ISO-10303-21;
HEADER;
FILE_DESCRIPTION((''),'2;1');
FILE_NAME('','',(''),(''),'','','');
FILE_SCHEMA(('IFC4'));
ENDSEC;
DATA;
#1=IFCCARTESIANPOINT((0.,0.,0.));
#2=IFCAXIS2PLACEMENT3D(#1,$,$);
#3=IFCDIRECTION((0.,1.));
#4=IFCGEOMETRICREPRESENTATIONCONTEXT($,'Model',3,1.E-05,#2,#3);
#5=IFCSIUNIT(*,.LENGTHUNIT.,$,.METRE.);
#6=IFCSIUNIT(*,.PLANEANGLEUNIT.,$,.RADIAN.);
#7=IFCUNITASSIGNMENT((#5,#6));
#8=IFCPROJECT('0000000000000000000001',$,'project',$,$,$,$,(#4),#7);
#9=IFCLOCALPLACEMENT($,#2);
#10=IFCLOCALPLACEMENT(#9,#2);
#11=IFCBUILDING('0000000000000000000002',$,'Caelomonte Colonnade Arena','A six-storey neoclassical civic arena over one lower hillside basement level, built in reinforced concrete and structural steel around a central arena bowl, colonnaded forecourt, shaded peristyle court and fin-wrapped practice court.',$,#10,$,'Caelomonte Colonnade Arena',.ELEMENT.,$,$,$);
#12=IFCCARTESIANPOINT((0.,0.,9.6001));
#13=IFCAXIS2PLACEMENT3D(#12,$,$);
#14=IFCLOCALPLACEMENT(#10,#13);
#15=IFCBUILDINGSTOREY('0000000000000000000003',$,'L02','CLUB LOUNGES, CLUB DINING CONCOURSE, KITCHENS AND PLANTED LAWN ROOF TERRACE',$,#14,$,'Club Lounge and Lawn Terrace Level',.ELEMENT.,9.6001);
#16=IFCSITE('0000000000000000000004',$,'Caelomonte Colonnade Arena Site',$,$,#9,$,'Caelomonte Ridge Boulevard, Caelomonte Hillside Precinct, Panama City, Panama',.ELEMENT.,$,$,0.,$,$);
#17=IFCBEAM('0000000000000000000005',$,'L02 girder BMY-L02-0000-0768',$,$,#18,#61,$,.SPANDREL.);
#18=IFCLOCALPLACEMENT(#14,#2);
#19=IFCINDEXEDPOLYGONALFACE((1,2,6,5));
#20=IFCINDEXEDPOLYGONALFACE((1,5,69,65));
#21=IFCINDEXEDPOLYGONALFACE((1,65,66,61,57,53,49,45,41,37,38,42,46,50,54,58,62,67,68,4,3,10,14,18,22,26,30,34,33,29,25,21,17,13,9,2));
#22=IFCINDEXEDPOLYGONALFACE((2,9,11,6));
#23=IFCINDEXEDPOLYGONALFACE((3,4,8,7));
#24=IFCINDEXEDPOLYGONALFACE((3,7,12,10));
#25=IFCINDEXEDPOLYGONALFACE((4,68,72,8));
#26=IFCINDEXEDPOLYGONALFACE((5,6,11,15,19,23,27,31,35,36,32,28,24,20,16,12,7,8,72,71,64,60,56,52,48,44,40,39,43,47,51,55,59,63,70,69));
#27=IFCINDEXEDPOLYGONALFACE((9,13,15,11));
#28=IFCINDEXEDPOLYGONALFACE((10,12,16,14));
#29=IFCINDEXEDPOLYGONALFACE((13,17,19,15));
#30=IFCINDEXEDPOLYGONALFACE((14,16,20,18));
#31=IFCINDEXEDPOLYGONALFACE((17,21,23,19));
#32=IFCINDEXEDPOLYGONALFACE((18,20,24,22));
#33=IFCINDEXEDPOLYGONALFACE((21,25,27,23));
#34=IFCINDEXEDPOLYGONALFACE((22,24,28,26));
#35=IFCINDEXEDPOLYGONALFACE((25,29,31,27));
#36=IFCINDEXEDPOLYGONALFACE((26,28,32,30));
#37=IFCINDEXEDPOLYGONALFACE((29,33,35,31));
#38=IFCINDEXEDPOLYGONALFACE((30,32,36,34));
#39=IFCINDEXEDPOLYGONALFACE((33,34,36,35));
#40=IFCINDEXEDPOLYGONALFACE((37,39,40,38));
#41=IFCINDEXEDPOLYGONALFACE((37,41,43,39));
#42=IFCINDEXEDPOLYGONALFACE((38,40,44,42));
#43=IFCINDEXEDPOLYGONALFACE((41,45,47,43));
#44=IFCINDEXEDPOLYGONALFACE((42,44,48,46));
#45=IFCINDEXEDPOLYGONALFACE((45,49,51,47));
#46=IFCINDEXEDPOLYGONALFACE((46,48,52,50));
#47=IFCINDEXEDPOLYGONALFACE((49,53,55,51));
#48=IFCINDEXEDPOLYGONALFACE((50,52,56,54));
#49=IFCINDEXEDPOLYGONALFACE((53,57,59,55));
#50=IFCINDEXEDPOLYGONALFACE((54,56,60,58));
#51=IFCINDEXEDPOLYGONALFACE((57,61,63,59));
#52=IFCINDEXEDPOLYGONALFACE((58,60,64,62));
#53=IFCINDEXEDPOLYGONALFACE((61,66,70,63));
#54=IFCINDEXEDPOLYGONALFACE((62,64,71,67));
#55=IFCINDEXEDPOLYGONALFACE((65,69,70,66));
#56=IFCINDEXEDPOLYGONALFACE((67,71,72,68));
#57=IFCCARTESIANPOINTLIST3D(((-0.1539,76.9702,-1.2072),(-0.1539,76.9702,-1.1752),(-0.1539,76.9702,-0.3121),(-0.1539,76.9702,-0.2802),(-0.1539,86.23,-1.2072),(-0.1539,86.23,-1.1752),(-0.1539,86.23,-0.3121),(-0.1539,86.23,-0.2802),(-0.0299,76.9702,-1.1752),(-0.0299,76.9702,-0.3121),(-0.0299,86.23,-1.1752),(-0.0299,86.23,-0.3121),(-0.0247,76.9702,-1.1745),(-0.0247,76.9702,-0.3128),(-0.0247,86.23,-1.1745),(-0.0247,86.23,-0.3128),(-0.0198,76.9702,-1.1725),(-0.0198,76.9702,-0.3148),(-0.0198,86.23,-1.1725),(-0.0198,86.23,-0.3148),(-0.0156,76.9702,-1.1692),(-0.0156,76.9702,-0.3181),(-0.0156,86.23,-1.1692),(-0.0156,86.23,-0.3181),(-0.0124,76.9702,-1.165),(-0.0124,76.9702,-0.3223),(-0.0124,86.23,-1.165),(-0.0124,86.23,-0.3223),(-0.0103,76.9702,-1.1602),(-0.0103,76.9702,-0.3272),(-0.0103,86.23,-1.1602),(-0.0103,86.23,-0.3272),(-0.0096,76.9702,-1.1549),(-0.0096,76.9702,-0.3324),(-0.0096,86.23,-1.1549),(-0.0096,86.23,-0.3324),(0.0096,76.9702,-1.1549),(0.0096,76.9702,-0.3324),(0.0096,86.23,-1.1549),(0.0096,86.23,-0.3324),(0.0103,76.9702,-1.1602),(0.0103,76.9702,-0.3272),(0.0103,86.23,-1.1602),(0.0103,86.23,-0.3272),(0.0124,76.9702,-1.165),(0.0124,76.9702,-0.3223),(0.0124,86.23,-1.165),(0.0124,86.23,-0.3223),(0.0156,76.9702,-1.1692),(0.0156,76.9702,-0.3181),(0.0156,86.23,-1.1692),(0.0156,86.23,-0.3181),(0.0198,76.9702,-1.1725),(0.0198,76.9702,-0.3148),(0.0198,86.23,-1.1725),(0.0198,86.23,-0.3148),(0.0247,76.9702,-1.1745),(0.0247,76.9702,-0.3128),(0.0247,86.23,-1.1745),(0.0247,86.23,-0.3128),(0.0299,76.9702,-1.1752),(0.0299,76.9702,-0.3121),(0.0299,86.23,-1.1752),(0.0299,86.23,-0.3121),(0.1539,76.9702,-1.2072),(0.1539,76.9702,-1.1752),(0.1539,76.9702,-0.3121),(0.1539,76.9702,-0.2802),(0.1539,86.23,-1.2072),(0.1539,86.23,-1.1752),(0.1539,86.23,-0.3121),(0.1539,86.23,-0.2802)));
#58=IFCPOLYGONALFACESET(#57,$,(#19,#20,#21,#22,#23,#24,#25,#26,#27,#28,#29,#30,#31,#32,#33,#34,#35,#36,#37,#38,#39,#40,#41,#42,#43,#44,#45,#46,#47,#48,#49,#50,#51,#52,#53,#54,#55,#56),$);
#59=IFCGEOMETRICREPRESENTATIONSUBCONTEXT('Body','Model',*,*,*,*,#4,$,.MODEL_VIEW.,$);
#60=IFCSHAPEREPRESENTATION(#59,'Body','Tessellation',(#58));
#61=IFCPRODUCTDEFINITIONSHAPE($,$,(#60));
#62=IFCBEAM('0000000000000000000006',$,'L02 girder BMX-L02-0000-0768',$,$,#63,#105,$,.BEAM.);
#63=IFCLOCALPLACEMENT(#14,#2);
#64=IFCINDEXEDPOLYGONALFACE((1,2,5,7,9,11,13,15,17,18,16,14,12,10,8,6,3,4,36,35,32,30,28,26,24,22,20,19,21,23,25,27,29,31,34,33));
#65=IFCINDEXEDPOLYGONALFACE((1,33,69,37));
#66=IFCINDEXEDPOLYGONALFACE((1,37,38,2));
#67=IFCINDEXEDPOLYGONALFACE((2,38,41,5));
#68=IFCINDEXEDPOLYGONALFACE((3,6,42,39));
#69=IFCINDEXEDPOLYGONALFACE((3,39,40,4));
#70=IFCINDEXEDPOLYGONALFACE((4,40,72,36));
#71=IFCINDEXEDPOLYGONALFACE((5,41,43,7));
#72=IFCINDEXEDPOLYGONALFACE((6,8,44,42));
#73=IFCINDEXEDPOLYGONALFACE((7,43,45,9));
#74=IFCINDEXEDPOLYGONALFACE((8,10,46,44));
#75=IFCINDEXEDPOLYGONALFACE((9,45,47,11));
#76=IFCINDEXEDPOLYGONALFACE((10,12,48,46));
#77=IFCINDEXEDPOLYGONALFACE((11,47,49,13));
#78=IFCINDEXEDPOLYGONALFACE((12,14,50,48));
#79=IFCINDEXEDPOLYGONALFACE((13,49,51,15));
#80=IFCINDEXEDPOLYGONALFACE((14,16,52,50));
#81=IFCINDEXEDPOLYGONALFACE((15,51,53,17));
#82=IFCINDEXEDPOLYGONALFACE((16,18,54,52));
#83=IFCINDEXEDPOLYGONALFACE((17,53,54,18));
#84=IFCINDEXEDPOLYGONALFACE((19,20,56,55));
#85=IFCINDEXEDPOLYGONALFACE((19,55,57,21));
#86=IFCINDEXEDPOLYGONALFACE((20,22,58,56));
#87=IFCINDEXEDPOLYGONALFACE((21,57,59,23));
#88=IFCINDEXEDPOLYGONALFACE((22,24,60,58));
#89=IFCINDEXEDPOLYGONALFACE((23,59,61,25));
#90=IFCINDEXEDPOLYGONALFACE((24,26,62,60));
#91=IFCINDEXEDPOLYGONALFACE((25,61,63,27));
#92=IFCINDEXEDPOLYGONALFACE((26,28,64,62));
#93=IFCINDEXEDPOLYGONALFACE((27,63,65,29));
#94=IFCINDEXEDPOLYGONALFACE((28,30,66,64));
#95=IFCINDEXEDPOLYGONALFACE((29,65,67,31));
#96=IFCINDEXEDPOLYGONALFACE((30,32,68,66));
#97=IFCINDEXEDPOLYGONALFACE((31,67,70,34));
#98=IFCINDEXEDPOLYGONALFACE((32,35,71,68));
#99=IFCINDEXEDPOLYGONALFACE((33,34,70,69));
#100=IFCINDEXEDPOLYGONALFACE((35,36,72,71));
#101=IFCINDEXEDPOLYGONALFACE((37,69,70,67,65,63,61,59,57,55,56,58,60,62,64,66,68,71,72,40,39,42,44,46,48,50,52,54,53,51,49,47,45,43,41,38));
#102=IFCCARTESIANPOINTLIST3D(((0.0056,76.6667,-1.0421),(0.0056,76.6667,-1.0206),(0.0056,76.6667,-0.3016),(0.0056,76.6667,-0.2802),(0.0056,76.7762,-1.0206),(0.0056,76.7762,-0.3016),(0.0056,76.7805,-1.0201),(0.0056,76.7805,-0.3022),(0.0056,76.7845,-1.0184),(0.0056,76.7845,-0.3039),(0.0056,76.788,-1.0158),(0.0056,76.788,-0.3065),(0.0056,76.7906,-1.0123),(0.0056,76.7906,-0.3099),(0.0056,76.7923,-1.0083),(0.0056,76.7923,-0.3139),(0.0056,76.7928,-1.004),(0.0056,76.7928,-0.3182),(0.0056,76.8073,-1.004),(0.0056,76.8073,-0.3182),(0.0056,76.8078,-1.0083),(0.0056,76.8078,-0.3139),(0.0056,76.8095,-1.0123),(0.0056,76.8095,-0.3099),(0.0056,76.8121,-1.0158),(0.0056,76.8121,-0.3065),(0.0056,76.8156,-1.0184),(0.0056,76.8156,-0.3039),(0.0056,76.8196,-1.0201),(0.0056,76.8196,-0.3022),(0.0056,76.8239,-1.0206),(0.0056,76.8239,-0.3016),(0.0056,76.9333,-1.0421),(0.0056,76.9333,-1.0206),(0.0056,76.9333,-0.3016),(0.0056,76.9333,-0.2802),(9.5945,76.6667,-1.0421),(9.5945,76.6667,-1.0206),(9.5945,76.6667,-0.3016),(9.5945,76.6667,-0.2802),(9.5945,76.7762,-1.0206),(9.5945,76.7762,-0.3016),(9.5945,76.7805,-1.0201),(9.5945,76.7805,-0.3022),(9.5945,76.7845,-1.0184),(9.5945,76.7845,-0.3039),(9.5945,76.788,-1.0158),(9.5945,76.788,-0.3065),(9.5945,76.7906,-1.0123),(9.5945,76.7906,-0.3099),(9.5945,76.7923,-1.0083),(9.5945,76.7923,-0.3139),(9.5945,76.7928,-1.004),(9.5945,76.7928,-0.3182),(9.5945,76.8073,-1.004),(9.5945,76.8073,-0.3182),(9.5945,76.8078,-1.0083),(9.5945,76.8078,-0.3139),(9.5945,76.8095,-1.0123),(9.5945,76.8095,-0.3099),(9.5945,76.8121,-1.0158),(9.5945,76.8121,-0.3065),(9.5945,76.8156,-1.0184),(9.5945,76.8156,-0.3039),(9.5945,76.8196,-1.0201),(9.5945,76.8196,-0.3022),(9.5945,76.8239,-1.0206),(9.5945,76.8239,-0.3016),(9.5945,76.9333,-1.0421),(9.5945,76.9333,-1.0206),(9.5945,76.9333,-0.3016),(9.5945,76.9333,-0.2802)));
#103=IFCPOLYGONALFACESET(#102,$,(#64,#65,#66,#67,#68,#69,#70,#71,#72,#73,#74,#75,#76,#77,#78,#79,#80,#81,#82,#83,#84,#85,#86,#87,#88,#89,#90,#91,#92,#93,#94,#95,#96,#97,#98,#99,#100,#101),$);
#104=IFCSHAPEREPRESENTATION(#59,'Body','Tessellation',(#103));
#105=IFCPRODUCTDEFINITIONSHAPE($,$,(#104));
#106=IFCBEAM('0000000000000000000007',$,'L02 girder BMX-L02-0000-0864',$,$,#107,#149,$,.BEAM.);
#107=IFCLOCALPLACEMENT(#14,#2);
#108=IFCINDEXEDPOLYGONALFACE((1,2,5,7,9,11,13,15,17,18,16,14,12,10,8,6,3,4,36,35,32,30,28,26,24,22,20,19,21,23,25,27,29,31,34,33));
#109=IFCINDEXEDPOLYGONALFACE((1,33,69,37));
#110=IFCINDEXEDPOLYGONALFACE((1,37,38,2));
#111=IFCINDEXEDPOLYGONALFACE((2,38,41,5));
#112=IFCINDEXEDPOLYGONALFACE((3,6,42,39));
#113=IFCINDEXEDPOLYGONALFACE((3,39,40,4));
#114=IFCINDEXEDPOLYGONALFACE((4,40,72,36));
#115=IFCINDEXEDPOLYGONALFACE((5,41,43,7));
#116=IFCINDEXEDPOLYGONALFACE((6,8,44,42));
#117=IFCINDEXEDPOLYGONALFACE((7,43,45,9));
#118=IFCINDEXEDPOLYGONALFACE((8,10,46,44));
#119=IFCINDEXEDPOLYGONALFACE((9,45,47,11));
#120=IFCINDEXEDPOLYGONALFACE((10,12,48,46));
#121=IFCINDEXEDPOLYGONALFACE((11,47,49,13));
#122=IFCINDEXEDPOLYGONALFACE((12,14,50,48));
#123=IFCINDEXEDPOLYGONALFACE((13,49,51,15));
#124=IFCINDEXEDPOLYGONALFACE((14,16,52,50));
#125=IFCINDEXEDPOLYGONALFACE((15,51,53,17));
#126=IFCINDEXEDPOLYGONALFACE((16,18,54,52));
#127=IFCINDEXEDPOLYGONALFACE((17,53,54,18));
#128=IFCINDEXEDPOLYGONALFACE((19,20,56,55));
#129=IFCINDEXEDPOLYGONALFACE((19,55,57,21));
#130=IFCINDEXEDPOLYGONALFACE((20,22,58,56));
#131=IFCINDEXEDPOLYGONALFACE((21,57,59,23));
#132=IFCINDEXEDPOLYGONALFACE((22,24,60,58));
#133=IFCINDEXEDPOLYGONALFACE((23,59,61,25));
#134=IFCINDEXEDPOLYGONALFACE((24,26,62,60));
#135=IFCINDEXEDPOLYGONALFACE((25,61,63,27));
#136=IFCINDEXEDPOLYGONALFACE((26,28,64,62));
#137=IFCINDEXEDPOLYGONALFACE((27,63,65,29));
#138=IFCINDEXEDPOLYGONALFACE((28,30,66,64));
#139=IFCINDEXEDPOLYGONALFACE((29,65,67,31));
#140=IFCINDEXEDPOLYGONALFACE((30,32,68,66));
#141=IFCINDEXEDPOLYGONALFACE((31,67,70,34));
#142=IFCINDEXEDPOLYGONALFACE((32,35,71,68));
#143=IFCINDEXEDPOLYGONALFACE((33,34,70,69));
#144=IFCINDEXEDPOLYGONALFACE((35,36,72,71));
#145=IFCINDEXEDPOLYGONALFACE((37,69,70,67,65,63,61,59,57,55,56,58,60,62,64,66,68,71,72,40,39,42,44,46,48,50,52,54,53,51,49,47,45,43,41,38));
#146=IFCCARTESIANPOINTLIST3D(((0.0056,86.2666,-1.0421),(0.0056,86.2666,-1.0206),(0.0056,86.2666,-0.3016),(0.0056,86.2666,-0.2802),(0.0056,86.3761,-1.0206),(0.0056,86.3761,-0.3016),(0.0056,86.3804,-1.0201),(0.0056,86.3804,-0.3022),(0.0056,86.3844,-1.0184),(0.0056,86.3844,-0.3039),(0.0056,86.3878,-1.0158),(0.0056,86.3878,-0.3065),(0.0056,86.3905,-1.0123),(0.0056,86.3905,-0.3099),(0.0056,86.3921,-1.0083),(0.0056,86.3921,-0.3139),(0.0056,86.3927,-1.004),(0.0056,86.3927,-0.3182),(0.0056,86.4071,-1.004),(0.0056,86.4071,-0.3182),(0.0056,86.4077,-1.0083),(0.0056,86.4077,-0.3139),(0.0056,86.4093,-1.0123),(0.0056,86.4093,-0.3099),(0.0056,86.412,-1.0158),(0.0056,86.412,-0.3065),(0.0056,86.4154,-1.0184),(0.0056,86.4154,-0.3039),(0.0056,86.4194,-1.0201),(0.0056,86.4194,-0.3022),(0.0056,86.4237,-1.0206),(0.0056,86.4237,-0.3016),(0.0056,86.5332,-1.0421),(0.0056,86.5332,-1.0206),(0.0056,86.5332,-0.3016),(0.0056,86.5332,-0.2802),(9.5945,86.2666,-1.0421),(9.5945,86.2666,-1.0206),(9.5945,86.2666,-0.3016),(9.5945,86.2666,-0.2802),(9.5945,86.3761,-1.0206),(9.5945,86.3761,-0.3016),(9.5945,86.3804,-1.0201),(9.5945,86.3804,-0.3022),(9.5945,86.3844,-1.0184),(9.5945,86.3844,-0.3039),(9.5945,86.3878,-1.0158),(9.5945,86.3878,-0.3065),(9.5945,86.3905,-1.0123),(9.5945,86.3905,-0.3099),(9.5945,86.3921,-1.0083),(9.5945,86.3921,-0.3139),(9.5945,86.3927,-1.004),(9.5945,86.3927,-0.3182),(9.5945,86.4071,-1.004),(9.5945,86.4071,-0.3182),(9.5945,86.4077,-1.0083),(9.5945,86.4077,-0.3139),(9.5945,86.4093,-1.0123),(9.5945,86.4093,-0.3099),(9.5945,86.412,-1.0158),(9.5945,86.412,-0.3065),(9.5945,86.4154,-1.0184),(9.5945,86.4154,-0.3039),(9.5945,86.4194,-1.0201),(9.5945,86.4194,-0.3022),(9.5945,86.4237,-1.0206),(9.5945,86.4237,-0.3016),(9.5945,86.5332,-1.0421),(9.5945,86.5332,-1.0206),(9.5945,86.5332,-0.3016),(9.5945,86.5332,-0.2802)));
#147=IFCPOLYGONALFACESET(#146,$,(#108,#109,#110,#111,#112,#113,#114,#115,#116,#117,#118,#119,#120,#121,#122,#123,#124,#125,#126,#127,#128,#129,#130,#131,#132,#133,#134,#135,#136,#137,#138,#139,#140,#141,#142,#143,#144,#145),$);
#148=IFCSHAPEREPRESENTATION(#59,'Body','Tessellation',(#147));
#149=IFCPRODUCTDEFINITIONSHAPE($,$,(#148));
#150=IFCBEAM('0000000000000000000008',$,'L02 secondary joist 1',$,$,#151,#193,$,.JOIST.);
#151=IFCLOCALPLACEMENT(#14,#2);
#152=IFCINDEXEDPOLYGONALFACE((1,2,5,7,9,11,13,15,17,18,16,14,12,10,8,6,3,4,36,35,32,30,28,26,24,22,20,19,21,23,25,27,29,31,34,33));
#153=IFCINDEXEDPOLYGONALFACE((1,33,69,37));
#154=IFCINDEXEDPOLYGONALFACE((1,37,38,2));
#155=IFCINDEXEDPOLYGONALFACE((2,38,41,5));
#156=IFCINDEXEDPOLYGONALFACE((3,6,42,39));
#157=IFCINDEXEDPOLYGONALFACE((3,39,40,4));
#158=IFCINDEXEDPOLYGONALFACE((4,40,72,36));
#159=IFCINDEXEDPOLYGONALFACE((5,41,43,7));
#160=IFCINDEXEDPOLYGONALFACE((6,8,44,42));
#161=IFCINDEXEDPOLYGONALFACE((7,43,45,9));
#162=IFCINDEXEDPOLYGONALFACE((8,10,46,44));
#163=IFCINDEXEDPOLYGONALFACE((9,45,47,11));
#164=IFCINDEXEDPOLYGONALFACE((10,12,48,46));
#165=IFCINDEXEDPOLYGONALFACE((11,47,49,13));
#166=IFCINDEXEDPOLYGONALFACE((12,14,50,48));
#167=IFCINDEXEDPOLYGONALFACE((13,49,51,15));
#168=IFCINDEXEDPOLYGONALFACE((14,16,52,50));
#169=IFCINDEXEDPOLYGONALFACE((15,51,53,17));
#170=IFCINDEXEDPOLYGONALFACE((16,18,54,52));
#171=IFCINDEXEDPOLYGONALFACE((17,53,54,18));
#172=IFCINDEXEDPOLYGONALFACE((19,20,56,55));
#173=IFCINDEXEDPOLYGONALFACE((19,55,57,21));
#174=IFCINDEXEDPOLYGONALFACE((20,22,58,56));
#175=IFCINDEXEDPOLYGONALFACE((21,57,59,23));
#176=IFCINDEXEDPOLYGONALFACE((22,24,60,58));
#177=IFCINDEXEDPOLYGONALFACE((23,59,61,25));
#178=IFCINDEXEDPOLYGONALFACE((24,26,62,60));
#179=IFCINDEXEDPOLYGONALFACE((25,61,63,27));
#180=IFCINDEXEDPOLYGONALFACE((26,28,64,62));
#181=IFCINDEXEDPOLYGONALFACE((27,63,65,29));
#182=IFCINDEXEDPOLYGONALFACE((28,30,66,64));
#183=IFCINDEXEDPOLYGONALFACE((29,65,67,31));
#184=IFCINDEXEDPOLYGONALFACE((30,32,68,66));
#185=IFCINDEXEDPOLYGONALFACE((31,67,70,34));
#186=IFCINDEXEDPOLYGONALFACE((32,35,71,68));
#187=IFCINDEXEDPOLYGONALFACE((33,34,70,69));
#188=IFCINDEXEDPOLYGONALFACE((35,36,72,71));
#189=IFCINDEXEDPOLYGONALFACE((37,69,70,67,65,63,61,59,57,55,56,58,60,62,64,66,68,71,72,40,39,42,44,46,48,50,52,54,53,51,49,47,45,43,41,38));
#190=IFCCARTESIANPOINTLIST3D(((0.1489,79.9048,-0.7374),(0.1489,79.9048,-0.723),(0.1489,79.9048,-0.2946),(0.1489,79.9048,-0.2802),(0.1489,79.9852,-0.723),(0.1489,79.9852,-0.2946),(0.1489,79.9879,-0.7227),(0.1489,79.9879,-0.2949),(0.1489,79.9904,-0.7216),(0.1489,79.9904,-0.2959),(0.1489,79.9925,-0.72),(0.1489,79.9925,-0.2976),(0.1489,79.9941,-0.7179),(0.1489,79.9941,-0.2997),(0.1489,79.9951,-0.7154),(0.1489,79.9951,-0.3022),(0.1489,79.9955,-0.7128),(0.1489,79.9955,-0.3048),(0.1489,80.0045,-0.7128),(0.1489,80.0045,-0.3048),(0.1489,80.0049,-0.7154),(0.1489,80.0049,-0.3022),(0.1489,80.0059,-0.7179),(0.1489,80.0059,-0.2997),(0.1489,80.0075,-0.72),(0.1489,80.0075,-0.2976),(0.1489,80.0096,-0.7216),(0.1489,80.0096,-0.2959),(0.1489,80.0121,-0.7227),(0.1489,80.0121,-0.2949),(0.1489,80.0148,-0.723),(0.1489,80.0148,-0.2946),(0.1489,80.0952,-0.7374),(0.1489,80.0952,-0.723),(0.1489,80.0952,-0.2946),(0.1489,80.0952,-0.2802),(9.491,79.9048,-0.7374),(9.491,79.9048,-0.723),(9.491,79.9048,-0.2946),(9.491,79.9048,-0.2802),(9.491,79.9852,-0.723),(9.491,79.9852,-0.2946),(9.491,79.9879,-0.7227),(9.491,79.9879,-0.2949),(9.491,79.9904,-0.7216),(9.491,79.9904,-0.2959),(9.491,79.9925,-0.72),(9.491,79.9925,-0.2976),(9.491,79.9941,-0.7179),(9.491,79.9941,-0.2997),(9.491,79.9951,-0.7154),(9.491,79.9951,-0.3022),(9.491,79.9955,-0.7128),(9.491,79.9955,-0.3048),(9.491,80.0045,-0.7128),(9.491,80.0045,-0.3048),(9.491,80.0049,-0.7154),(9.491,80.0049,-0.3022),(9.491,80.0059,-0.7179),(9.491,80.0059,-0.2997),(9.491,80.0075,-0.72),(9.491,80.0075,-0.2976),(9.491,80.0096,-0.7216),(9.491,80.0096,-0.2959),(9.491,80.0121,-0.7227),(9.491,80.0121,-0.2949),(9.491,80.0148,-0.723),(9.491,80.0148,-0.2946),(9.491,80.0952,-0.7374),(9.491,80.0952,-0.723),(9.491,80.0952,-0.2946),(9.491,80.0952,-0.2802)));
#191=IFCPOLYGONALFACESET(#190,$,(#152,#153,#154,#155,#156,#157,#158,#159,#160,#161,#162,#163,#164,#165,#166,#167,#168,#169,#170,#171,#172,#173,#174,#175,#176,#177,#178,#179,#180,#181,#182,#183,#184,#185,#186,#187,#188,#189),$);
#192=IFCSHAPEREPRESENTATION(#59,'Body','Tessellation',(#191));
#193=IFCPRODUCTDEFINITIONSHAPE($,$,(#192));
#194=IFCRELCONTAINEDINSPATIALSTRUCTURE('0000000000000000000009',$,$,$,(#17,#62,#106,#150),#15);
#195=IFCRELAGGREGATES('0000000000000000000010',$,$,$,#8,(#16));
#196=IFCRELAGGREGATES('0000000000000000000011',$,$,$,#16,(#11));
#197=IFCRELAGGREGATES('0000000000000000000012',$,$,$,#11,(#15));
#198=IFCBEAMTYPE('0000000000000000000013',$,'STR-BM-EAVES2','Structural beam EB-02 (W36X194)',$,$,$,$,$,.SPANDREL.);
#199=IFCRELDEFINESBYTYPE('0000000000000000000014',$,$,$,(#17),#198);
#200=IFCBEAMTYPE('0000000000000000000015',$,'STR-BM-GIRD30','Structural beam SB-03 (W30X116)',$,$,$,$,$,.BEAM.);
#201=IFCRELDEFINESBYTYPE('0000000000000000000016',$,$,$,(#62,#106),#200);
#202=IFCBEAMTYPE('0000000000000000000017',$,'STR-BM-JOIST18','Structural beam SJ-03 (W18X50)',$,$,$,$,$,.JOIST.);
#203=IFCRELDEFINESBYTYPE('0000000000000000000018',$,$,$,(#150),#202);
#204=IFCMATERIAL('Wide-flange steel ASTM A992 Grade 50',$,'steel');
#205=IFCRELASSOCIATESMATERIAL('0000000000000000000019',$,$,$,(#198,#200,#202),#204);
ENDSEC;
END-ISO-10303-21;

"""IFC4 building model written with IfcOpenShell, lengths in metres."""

from ifc_helpers import new_model, si_unit, direction, frame, origin, origin_2d, place, context, subcontext, project, spatial, i_section, extrude, material, material_profile, profile_set, type_object, element, save


model = new_model("IFC4")

# Units and contexts
model_context = context("Model", 3, precision=1e-05, world=origin(), true_north=direction((0.0, 1.0)))
body_context = subcontext(model_context, "Body", "Model", "MODEL_VIEW")
ifc_project = project(units=[si_unit("LENGTHUNIT", "METRE"), si_unit("PLANEANGLEUNIT", "RADIAN")], contexts=[model_context])

# Site, building, storey
site_placement = place(None, origin())
site = spatial("IfcSite", under=ifc_project, at=site_placement, Name="Caelomonte Colonnade Arena Site", LongName="Caelomonte Ridge Boulevard, Caelomonte Hillside Precinct, Panama City, Panama", CompositionType="ELEMENT", RefElevation=0.0)
building_placement = place(site_placement, origin())
building = spatial("IfcBuilding", under=site, at=building_placement, Name="Caelomonte Colonnade Arena", Description="A six-storey neoclassical civic arena over one lower hillside basement level, built in reinforced concrete and structural steel around a central arena bowl, colonnaded forecourt, shaded peristyle court and fin-wrapped practice court.", LongName="Caelomonte Colonnade Arena", CompositionType="ELEMENT")
storey_placement = place(building_placement, frame((0.0, 0.0, 9.6001)))
storey = spatial("IfcBuildingStorey", under=building, at=storey_placement, Name="L02", Description="CLUB LOUNGES, CLUB DINING CONCOURSE, KITCHENS AND PLANTED LAWN ROOF TERRACE", LongName="Club Lounge and Lawn Terrace Level", CompositionType="ELEMENT", Elevation=9.6001)

# Beams
ifc_material_1 = material(Name="Wide-flange steel ASTM A992 Grade 50", Category="steel")
ifc_material_profile_1 = material_profile(ifc_material_1, i_section(OverallWidth=0.3079, OverallDepth=0.927, WebThickness=0.0193, FlangeThickness=0.032, FilletRadius=0.0203, at=origin_2d()), Name="W36X194")
ifc_profile_set_1 = profile_set([ifc_material_profile_1], Name="Wide-flange steel ASTM A992 Grade 50")
beam_type_1 = type_object("IfcBeamType", Name="STR-BM-EAVES2", Description="Structural beam EB-02 (W36X194)", PredefinedType="SPANDREL", material=ifc_profile_set_1)
beam_placement = place(storey_placement, frame((0.0, 76.9702, -0.7437), z_axis=(0.0, 1.0, 0.0), x_axis=(-1.0, 0.0, 0.0)))
element("IfcBeam", 1, at=beam_placement, inside=storey, type_object=beam_type_1, Name="L02 girder BMY-L02-0000-0768", PredefinedType="SPANDREL", context=body_context, shape_type="SweptSolid", body=[
    extrude(i_section(OverallWidth=0.3079, OverallDepth=0.927, WebThickness=0.0193, FlangeThickness=0.032, FilletRadius=0.0203, at=origin_2d()), origin(), (0.0, 0.0, 1.0), 9.2598),
])
ifc_material_profile_2 = material_profile(ifc_material_1, i_section(OverallWidth=0.2666, OverallDepth=0.762, WebThickness=0.0144, FlangeThickness=0.0215, FilletRadius=0.0166, at=origin_2d()), Name="W30X116")
ifc_profile_set_2 = profile_set([ifc_material_profile_2], Name="Wide-flange steel ASTM A992 Grade 50")
beam_type_2 = type_object("IfcBeamType", Name="STR-BM-GIRD30", Description="Structural beam SB-03 (W30X116)", PredefinedType="BEAM", material=ifc_profile_set_2)
for number, where, z_axis, x_axis, name in (
    (2, (0.0056, 76.8, -0.6611), (1.0, 0.0, 0.0), (0.0, 1.0, 0.0), "L02 girder BMX-L02-0000-0768"),
    (3, (0.0056, 86.3999, -0.6611), (1.0, 0.0, 0.0), (0.0, 1.0, 0.0), "L02 girder BMX-L02-0000-0864"),
):
    element("IfcBeam", number, at=place(storey_placement, frame(where, z_axis=z_axis, x_axis=x_axis)), inside=storey, type_object=beam_type_2, Name=name, PredefinedType="BEAM", context=body_context, shape_type="SweptSolid", body=[
        extrude(i_section(OverallWidth=0.2666, OverallDepth=0.762, WebThickness=0.0144, FlangeThickness=0.0215, FilletRadius=0.0166, at=origin_2d()), origin(), (0.0, 0.0, 1.0), 9.5889),
    ])
ifc_material_profile_3 = material_profile(ifc_material_1, i_section(OverallWidth=0.1904, OverallDepth=0.4573, WebThickness=0.009, FlangeThickness=0.0144, FilletRadius=0.0103, at=origin_2d()), Name="W18X50")
ifc_profile_set_3 = profile_set([ifc_material_profile_3], Name="Wide-flange steel ASTM A992 Grade 50")
beam_type_3 = type_object("IfcBeamType", Name="STR-BM-JOIST18", Description="Structural beam SJ-03 (W18X50)", PredefinedType="JOIST", material=ifc_profile_set_3)
for number, where, z_axis, x_axis, name in (
    (4, (0.1489, 80.0, -0.5088), (1.0, 0.0, 0.0), (0.0, 1.0, 0.0), "L02 secondary joist 1"),
):
    element("IfcBeam", number, at=place(storey_placement, frame(where, z_axis=z_axis, x_axis=x_axis)), inside=storey, type_object=beam_type_3, Name=name, PredefinedType="JOIST", context=body_context, shape_type="SweptSolid", body=[
        extrude(i_section(OverallWidth=0.1904, OverallDepth=0.4573, WebThickness=0.009, FlangeThickness=0.0144, FilletRadius=0.0103, at=origin_2d()), origin(), (0.0, 0.0, 1.0), 9.342),
    ])

save(model, "model.ifc")
